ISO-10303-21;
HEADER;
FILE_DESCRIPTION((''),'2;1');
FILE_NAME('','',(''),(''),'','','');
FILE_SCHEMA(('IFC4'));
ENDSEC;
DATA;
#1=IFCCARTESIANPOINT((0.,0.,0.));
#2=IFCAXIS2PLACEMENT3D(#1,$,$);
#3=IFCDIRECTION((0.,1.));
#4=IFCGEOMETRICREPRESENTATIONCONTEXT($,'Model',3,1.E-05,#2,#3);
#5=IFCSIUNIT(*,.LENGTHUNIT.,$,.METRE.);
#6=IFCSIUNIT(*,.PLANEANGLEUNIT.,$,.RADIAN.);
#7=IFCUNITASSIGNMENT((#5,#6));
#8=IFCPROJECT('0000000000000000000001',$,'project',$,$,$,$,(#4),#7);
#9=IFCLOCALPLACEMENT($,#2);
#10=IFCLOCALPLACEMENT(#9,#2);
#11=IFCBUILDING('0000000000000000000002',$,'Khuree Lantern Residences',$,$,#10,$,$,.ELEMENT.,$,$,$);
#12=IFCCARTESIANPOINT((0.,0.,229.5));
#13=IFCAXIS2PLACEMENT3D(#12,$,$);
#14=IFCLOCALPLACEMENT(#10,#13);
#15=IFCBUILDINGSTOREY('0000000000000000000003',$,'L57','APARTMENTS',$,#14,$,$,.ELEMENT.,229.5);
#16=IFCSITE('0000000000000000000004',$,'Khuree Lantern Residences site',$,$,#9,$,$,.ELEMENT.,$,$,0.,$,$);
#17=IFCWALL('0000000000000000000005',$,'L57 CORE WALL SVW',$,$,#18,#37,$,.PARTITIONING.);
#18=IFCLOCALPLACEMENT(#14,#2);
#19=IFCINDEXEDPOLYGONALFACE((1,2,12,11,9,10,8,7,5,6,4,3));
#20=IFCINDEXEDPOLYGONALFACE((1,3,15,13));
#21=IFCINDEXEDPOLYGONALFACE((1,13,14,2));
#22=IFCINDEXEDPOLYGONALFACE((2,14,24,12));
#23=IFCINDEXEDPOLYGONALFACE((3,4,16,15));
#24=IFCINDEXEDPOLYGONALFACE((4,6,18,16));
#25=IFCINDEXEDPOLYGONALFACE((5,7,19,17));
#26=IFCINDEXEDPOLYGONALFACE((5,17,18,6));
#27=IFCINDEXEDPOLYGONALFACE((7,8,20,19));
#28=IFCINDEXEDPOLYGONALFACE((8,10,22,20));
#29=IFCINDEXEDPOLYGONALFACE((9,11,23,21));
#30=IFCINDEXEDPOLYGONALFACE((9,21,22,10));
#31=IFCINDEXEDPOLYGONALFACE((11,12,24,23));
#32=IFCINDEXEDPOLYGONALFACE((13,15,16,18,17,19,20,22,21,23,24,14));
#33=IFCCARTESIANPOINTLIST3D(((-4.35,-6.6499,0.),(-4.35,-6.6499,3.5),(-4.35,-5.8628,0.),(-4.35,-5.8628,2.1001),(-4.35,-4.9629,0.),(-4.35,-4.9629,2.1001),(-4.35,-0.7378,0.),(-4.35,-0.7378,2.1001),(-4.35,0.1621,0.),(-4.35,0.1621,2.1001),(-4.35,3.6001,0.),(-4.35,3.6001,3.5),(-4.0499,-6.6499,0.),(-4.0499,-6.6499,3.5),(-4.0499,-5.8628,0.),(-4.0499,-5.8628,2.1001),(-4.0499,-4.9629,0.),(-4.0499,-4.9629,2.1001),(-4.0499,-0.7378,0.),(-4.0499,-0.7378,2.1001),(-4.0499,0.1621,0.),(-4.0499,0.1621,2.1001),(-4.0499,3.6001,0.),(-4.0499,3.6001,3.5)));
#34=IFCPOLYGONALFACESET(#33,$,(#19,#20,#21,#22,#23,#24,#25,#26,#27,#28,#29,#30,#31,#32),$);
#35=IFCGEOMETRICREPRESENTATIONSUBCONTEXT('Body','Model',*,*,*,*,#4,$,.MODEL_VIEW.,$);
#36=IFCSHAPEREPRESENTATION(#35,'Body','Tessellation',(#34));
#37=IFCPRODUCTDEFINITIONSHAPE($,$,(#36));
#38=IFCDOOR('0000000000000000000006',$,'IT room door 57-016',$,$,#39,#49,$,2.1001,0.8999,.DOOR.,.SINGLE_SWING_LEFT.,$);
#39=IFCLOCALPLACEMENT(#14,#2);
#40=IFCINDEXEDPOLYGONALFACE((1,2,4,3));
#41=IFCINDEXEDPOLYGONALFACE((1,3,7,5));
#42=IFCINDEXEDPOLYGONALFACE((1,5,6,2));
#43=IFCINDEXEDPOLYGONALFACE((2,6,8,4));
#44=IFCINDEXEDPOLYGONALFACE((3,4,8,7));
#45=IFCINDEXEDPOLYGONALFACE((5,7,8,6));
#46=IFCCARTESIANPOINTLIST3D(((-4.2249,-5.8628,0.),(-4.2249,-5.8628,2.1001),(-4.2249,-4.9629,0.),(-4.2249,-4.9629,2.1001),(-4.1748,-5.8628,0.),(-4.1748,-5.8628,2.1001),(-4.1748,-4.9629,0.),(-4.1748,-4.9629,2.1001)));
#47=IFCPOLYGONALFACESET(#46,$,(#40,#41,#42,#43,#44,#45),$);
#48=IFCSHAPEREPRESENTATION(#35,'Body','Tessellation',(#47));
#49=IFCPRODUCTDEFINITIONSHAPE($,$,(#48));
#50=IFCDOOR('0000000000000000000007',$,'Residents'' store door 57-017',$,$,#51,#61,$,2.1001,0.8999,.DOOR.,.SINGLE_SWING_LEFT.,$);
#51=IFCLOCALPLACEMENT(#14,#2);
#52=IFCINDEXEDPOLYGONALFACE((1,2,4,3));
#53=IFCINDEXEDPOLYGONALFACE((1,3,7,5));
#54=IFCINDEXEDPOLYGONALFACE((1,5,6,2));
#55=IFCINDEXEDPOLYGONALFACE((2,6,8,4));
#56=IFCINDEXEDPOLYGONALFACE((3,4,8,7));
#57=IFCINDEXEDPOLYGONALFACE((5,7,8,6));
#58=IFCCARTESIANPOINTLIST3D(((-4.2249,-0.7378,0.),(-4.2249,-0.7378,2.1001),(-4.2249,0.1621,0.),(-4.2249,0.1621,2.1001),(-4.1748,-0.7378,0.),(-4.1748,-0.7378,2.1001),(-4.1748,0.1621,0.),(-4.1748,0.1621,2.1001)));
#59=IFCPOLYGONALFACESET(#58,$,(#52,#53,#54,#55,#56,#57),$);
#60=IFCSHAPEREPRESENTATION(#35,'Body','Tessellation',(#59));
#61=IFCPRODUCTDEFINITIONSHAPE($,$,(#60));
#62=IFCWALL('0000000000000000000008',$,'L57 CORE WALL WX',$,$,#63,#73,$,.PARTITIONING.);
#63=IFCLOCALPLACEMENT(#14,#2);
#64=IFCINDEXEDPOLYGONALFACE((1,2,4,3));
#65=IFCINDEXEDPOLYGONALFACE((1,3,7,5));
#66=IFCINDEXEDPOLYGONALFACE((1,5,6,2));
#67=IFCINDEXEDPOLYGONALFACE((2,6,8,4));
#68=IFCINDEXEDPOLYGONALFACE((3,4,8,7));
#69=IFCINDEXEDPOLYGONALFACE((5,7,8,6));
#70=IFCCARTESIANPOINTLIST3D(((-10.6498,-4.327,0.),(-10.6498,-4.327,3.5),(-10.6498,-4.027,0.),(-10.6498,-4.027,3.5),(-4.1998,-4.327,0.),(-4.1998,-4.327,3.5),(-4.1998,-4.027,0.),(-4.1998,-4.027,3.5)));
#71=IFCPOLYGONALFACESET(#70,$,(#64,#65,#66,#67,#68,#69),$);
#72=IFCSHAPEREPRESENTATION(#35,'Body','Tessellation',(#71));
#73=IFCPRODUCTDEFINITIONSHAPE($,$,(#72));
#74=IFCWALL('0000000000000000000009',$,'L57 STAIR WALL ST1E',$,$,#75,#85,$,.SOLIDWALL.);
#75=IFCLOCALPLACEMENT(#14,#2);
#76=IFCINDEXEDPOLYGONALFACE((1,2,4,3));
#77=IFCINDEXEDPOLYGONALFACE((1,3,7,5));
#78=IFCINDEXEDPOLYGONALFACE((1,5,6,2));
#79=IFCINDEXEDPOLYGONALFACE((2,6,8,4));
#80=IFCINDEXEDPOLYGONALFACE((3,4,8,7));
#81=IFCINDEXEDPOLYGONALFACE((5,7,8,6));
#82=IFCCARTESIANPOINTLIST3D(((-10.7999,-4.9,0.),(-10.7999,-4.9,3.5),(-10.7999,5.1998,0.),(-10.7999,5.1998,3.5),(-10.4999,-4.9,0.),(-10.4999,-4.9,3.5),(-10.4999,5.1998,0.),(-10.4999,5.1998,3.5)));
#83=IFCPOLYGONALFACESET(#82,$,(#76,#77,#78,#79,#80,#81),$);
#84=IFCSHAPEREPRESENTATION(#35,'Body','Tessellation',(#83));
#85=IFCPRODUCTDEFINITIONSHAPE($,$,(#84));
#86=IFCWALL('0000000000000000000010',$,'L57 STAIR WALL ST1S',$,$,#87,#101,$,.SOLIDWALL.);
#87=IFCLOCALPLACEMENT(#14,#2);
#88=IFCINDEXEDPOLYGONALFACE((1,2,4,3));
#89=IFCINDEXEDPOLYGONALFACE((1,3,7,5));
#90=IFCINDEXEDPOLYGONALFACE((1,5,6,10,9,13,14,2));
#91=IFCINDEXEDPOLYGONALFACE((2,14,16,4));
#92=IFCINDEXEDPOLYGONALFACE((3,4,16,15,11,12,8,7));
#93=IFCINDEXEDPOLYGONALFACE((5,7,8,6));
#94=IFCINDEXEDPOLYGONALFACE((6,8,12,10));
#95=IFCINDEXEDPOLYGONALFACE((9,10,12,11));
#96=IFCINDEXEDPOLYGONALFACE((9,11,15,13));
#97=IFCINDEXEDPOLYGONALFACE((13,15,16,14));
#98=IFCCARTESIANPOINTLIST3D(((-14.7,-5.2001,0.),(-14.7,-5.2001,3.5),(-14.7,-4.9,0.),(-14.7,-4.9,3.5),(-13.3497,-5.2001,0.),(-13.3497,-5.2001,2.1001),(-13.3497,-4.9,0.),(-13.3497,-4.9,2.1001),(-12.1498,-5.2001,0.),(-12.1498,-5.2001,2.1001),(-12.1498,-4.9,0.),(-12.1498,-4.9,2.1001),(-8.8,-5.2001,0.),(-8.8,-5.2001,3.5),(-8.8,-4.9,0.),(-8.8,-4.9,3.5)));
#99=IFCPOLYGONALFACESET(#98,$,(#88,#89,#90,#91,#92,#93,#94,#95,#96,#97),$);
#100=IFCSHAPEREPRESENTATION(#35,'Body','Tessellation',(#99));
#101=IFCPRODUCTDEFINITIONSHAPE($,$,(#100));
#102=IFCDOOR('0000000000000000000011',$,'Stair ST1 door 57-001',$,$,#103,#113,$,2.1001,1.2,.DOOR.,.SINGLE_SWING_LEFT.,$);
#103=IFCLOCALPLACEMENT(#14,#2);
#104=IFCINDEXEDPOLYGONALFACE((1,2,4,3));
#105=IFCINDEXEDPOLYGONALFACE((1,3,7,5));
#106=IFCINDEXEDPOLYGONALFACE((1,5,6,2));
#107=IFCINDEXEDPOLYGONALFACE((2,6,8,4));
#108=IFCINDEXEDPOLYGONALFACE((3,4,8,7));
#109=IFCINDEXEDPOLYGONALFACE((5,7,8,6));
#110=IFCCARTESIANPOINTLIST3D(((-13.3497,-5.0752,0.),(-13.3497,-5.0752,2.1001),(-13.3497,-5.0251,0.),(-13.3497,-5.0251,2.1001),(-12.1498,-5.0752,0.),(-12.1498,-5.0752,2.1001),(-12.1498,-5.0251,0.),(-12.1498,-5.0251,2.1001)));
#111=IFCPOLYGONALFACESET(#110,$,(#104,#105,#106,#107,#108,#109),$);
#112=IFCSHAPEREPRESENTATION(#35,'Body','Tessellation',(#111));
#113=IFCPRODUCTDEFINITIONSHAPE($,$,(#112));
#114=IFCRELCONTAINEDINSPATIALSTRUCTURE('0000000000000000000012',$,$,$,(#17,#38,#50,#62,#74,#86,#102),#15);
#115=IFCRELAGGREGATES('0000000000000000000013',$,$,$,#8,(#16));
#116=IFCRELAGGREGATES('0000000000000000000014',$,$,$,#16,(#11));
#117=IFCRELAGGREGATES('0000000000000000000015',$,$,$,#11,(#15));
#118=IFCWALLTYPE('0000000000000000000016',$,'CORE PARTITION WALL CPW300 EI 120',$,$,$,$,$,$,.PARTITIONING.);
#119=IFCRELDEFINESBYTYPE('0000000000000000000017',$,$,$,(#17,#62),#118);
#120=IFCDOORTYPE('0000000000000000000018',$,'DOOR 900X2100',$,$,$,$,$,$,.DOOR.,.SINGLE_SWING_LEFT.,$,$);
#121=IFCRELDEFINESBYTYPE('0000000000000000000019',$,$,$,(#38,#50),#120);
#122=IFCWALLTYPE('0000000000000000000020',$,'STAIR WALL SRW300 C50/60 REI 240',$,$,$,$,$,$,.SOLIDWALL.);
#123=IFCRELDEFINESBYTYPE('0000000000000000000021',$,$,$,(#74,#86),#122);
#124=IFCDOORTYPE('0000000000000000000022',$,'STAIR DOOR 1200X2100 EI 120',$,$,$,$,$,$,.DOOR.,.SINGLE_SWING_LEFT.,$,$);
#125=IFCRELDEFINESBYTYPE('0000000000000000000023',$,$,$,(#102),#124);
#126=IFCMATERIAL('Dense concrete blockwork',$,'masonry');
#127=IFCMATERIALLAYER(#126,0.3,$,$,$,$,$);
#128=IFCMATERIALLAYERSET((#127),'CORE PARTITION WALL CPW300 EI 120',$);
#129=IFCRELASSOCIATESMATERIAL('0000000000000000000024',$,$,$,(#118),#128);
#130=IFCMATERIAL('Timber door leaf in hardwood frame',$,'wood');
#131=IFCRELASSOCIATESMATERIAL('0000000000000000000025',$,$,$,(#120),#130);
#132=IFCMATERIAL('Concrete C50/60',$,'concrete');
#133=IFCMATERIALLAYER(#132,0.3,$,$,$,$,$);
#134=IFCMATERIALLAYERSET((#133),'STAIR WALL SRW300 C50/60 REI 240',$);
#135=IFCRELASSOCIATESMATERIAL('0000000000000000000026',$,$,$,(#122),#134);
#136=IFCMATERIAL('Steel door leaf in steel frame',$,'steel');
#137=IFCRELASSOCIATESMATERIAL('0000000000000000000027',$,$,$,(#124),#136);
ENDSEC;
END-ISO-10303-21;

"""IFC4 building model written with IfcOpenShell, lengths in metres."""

from ifc_helpers import new_model, si_unit, direction, frame, frame_2d, origin, place, context, subcontext, project, spatial, rectangle, extrude, material, layer, layer_set, type_object, element, fill, save


model = new_model("IFC4")

# Units and contexts
model_context = context("Model", 3, precision=1e-05, world=origin(), true_north=direction((0.0, 1.0)))
body_context = subcontext(model_context, "Body", "Model", "MODEL_VIEW")
ifc_project = project(units=[si_unit("LENGTHUNIT", "METRE"), si_unit("PLANEANGLEUNIT", "RADIAN")], contexts=[model_context])

# Site, building, storey
site_placement = place(None, origin())
site = spatial("IfcSite", under=ifc_project, at=site_placement, Name="Khuree Lantern Residences site", CompositionType="ELEMENT", RefElevation=0.0)
building_placement = place(site_placement, origin())
building = spatial("IfcBuilding", under=site, at=building_placement, Name="Khuree Lantern Residences", CompositionType="ELEMENT")
storey_placement = place(building_placement, frame((0.0, 0.0, 229.5)))
storey = spatial("IfcBuildingStorey", under=building, at=storey_placement, Name="L57", Description="APARTMENTS", CompositionType="ELEMENT", Elevation=229.5)

# Shared definitions
ifc_material_1 = material(Name="Dense concrete blockwork", Category="masonry")
ifc_layer_1 = layer(ifc_material_1, 0.3)
ifc_layer_set_1 = layer_set([ifc_layer_1], Name="CORE PARTITION WALL CPW300 EI 120")
wall_type_1 = type_object("IfcWallType", Name="CORE PARTITION WALL CPW300 EI 120", PredefinedType="PARTITIONING", material=ifc_layer_set_1)

# Shared definitions
ifc_material_2 = material(Name="Steel door leaf in steel frame", Category="steel")

# Wall, openings, doors
wall_1_placement = place(storey_placement, frame((-4.2, -6.6499, 0.0), z_axis=(0.0, 0.0, 1.0), x_axis=(0.0, 1.0, 0.0)))
wall_1 = element("IfcWall", 1, at=wall_1_placement, inside=storey, type_object=wall_type_1, Name="L57 CORE WALL SVW", PredefinedType="PARTITIONING", context=body_context, shape_type="SweptSolid", body=[
    extrude(rectangle(XDim=10.25, YDim=0.3, at=frame_2d((5.125, 0.0))), origin(), (0.0, 0.0, 1.0), 3.5),
])
opening_1_placement = place(wall_1_placement, frame((0.7871, 0.0, 0.0)))
opening_1 = element("IfcOpeningElement", 2, at=opening_1_placement, cuts=wall_1, PredefinedType="OPENING", context=body_context, shape_type="SweptSolid", body=[
    extrude(rectangle(XDim=0.8999, YDim=2.1001, at=frame_2d((0.45, 1.05))), frame((0.0, 0.1602, 0.0), z_axis=(0.0, -1.0, 0.0), x_axis=(1.0, 0.0, 0.0)), (0.0, 0.0, 1.0), 0.3201),
])
opening_2_placement = place(wall_1_placement, frame((5.9121, 0.0, 0.0)))
opening_2 = element("IfcOpeningElement", 3, at=opening_2_placement, cuts=wall_1, PredefinedType="OPENING", context=body_context, shape_type="SweptSolid", body=[
    extrude(rectangle(XDim=0.8999, YDim=2.1001, at=frame_2d((0.45, 1.05))), frame((0.0, 0.1602, 0.0), z_axis=(0.0, -1.0, 0.0), x_axis=(1.0, 0.0, 0.0)), (0.0, 0.0, 1.0), 0.3201),
])
ifc_material_3 = material(Name="Timber door leaf in hardwood frame", Category="wood")
door_type_1 = type_object("IfcDoorType", Name="DOOR 900X2100", OperationType="SINGLE_SWING_LEFT", PredefinedType="DOOR", material=ifc_material_3)
door_1_placement = place(opening_1_placement, origin())
door_1 = element("IfcDoor", 4, at=door_1_placement, inside=storey, type_object=door_type_1, Name="IT room door 57-016", OperationType="SINGLE_SWING_LEFT", OverallHeight=2.1001, OverallWidth=0.8999, PredefinedType="DOOR", context=body_context, shape_type="SweptSolid", body=[
    extrude(rectangle(XDim=0.8999, YDim=2.1001, at=frame_2d((0.45, 1.05))), frame((0.0, 0.0249, 0.0), z_axis=(0.0, -1.0, 0.0), x_axis=(1.0, 0.0, 0.0)), (0.0, 0.0, 1.0), 0.05),
])
fill(opening_1, door_1)
door_2_placement = place(opening_2_placement, origin())
door_2 = element("IfcDoor", 5, at=door_2_placement, inside=storey, type_object=door_type_1, Name="Residents' store door 57-017", OperationType="SINGLE_SWING_LEFT", OverallHeight=2.1001, OverallWidth=0.8999, PredefinedType="DOOR", context=body_context, shape_type="SweptSolid", body=[
    extrude(rectangle(XDim=0.8999, YDim=2.1001, at=frame_2d((0.45, 1.05))), frame((0.0, 0.0249, 0.0), z_axis=(0.0, -1.0, 0.0), x_axis=(1.0, 0.0, 0.0)), (0.0, 0.0, 1.0), 0.05),
])
fill(opening_2, door_2)

# Walls
wall_2_placement = place(storey_placement, frame((-10.6499, -4.177, 0.0), z_axis=(0.0, 0.0, 1.0), x_axis=(1.0, 0.0, 0.0)))
element("IfcWall", 6, at=wall_2_placement, inside=storey, type_object=wall_type_1, Name="L57 CORE WALL WX", PredefinedType="PARTITIONING", context=body_context, shape_type="SweptSolid", body=[
    extrude(rectangle(XDim=6.45, YDim=0.3, at=frame_2d((3.2251, 0.0))), origin(), (0.0, 0.0, 1.0), 3.5),
])
ifc_material_4 = material(Name="Concrete C50/60", Category="concrete")
ifc_layer_2 = layer(ifc_material_4, 0.3)
ifc_layer_set_2 = layer_set([ifc_layer_2], Name="STAIR WALL SRW300 C50/60 REI 240")
wall_type_2 = type_object("IfcWallType", Name="STAIR WALL SRW300 C50/60 REI 240", PredefinedType="SOLIDWALL", material=ifc_layer_set_2)
wall_3_placement = place(storey_placement, frame((-10.6499, -4.8999, 0.0), z_axis=(0.0, 0.0, 1.0), x_axis=(0.0, 1.0, 0.0)))
element("IfcWall", 7, at=wall_3_placement, inside=storey, type_object=wall_type_2, Name="L57 STAIR WALL ST1E", PredefinedType="SOLIDWALL", context=body_context, shape_type="SweptSolid", body=[
    extrude(rectangle(XDim=10.0999, YDim=0.3, at=frame_2d((5.0498, 0.0))), origin(), (0.0, 0.0, 1.0), 3.5),
])

# Wall, opening, door
wall_4_placement = place(storey_placement, frame((-14.7, -5.05, 0.0), z_axis=(0.0, 0.0, 1.0), x_axis=(1.0, 0.0, 0.0)))
wall_4 = element("IfcWall", 8, at=wall_4_placement, inside=storey, type_object=wall_type_2, Name="L57 STAIR WALL ST1S", PredefinedType="SOLIDWALL", context=body_context, shape_type="SweptSolid", body=[
    extrude(rectangle(XDim=5.8999, YDim=0.3, at=frame_2d((2.95, 0.0))), origin(), (0.0, 0.0, 1.0), 3.5),
])
opening_3_placement = place(wall_4_placement, frame((1.3501, 0.0, 0.0)))
opening_3 = element("IfcOpeningElement", 9, at=opening_3_placement, cuts=wall_4, PredefinedType="OPENING", context=body_context, shape_type="SweptSolid", body=[
    extrude(rectangle(XDim=1.2, YDim=2.1001, at=frame_2d((0.6001, 1.05))), frame((0.0, 0.1602, 0.0), z_axis=(0.0, -1.0, 0.0), x_axis=(1.0, 0.0, 0.0)), (0.0, 0.0, 1.0), 0.3201),
])
door_type_2 = type_object("IfcDoorType", Name="STAIR DOOR 1200X2100 EI 120", OperationType="SINGLE_SWING_LEFT", PredefinedType="DOOR", material=ifc_material_2)
door_3_placement = place(opening_3_placement, origin())
door_3 = element("IfcDoor", 10, at=door_3_placement, inside=storey, type_object=door_type_2, Name="Stair ST1 door 57-001", OperationType="SINGLE_SWING_LEFT", OverallHeight=2.1001, OverallWidth=1.2, PredefinedType="DOOR", context=body_context, shape_type="SweptSolid", body=[
    extrude(rectangle(XDim=1.2, YDim=2.1001, at=frame_2d((0.6001, 1.05))), frame((0.0, 0.0249, 0.0), z_axis=(0.0, -1.0, 0.0), x_axis=(1.0, 0.0, 0.0)), (0.0, 0.0, 1.0), 0.05),
])
fill(opening_3, door_3)

save(model, "model.ifc")
